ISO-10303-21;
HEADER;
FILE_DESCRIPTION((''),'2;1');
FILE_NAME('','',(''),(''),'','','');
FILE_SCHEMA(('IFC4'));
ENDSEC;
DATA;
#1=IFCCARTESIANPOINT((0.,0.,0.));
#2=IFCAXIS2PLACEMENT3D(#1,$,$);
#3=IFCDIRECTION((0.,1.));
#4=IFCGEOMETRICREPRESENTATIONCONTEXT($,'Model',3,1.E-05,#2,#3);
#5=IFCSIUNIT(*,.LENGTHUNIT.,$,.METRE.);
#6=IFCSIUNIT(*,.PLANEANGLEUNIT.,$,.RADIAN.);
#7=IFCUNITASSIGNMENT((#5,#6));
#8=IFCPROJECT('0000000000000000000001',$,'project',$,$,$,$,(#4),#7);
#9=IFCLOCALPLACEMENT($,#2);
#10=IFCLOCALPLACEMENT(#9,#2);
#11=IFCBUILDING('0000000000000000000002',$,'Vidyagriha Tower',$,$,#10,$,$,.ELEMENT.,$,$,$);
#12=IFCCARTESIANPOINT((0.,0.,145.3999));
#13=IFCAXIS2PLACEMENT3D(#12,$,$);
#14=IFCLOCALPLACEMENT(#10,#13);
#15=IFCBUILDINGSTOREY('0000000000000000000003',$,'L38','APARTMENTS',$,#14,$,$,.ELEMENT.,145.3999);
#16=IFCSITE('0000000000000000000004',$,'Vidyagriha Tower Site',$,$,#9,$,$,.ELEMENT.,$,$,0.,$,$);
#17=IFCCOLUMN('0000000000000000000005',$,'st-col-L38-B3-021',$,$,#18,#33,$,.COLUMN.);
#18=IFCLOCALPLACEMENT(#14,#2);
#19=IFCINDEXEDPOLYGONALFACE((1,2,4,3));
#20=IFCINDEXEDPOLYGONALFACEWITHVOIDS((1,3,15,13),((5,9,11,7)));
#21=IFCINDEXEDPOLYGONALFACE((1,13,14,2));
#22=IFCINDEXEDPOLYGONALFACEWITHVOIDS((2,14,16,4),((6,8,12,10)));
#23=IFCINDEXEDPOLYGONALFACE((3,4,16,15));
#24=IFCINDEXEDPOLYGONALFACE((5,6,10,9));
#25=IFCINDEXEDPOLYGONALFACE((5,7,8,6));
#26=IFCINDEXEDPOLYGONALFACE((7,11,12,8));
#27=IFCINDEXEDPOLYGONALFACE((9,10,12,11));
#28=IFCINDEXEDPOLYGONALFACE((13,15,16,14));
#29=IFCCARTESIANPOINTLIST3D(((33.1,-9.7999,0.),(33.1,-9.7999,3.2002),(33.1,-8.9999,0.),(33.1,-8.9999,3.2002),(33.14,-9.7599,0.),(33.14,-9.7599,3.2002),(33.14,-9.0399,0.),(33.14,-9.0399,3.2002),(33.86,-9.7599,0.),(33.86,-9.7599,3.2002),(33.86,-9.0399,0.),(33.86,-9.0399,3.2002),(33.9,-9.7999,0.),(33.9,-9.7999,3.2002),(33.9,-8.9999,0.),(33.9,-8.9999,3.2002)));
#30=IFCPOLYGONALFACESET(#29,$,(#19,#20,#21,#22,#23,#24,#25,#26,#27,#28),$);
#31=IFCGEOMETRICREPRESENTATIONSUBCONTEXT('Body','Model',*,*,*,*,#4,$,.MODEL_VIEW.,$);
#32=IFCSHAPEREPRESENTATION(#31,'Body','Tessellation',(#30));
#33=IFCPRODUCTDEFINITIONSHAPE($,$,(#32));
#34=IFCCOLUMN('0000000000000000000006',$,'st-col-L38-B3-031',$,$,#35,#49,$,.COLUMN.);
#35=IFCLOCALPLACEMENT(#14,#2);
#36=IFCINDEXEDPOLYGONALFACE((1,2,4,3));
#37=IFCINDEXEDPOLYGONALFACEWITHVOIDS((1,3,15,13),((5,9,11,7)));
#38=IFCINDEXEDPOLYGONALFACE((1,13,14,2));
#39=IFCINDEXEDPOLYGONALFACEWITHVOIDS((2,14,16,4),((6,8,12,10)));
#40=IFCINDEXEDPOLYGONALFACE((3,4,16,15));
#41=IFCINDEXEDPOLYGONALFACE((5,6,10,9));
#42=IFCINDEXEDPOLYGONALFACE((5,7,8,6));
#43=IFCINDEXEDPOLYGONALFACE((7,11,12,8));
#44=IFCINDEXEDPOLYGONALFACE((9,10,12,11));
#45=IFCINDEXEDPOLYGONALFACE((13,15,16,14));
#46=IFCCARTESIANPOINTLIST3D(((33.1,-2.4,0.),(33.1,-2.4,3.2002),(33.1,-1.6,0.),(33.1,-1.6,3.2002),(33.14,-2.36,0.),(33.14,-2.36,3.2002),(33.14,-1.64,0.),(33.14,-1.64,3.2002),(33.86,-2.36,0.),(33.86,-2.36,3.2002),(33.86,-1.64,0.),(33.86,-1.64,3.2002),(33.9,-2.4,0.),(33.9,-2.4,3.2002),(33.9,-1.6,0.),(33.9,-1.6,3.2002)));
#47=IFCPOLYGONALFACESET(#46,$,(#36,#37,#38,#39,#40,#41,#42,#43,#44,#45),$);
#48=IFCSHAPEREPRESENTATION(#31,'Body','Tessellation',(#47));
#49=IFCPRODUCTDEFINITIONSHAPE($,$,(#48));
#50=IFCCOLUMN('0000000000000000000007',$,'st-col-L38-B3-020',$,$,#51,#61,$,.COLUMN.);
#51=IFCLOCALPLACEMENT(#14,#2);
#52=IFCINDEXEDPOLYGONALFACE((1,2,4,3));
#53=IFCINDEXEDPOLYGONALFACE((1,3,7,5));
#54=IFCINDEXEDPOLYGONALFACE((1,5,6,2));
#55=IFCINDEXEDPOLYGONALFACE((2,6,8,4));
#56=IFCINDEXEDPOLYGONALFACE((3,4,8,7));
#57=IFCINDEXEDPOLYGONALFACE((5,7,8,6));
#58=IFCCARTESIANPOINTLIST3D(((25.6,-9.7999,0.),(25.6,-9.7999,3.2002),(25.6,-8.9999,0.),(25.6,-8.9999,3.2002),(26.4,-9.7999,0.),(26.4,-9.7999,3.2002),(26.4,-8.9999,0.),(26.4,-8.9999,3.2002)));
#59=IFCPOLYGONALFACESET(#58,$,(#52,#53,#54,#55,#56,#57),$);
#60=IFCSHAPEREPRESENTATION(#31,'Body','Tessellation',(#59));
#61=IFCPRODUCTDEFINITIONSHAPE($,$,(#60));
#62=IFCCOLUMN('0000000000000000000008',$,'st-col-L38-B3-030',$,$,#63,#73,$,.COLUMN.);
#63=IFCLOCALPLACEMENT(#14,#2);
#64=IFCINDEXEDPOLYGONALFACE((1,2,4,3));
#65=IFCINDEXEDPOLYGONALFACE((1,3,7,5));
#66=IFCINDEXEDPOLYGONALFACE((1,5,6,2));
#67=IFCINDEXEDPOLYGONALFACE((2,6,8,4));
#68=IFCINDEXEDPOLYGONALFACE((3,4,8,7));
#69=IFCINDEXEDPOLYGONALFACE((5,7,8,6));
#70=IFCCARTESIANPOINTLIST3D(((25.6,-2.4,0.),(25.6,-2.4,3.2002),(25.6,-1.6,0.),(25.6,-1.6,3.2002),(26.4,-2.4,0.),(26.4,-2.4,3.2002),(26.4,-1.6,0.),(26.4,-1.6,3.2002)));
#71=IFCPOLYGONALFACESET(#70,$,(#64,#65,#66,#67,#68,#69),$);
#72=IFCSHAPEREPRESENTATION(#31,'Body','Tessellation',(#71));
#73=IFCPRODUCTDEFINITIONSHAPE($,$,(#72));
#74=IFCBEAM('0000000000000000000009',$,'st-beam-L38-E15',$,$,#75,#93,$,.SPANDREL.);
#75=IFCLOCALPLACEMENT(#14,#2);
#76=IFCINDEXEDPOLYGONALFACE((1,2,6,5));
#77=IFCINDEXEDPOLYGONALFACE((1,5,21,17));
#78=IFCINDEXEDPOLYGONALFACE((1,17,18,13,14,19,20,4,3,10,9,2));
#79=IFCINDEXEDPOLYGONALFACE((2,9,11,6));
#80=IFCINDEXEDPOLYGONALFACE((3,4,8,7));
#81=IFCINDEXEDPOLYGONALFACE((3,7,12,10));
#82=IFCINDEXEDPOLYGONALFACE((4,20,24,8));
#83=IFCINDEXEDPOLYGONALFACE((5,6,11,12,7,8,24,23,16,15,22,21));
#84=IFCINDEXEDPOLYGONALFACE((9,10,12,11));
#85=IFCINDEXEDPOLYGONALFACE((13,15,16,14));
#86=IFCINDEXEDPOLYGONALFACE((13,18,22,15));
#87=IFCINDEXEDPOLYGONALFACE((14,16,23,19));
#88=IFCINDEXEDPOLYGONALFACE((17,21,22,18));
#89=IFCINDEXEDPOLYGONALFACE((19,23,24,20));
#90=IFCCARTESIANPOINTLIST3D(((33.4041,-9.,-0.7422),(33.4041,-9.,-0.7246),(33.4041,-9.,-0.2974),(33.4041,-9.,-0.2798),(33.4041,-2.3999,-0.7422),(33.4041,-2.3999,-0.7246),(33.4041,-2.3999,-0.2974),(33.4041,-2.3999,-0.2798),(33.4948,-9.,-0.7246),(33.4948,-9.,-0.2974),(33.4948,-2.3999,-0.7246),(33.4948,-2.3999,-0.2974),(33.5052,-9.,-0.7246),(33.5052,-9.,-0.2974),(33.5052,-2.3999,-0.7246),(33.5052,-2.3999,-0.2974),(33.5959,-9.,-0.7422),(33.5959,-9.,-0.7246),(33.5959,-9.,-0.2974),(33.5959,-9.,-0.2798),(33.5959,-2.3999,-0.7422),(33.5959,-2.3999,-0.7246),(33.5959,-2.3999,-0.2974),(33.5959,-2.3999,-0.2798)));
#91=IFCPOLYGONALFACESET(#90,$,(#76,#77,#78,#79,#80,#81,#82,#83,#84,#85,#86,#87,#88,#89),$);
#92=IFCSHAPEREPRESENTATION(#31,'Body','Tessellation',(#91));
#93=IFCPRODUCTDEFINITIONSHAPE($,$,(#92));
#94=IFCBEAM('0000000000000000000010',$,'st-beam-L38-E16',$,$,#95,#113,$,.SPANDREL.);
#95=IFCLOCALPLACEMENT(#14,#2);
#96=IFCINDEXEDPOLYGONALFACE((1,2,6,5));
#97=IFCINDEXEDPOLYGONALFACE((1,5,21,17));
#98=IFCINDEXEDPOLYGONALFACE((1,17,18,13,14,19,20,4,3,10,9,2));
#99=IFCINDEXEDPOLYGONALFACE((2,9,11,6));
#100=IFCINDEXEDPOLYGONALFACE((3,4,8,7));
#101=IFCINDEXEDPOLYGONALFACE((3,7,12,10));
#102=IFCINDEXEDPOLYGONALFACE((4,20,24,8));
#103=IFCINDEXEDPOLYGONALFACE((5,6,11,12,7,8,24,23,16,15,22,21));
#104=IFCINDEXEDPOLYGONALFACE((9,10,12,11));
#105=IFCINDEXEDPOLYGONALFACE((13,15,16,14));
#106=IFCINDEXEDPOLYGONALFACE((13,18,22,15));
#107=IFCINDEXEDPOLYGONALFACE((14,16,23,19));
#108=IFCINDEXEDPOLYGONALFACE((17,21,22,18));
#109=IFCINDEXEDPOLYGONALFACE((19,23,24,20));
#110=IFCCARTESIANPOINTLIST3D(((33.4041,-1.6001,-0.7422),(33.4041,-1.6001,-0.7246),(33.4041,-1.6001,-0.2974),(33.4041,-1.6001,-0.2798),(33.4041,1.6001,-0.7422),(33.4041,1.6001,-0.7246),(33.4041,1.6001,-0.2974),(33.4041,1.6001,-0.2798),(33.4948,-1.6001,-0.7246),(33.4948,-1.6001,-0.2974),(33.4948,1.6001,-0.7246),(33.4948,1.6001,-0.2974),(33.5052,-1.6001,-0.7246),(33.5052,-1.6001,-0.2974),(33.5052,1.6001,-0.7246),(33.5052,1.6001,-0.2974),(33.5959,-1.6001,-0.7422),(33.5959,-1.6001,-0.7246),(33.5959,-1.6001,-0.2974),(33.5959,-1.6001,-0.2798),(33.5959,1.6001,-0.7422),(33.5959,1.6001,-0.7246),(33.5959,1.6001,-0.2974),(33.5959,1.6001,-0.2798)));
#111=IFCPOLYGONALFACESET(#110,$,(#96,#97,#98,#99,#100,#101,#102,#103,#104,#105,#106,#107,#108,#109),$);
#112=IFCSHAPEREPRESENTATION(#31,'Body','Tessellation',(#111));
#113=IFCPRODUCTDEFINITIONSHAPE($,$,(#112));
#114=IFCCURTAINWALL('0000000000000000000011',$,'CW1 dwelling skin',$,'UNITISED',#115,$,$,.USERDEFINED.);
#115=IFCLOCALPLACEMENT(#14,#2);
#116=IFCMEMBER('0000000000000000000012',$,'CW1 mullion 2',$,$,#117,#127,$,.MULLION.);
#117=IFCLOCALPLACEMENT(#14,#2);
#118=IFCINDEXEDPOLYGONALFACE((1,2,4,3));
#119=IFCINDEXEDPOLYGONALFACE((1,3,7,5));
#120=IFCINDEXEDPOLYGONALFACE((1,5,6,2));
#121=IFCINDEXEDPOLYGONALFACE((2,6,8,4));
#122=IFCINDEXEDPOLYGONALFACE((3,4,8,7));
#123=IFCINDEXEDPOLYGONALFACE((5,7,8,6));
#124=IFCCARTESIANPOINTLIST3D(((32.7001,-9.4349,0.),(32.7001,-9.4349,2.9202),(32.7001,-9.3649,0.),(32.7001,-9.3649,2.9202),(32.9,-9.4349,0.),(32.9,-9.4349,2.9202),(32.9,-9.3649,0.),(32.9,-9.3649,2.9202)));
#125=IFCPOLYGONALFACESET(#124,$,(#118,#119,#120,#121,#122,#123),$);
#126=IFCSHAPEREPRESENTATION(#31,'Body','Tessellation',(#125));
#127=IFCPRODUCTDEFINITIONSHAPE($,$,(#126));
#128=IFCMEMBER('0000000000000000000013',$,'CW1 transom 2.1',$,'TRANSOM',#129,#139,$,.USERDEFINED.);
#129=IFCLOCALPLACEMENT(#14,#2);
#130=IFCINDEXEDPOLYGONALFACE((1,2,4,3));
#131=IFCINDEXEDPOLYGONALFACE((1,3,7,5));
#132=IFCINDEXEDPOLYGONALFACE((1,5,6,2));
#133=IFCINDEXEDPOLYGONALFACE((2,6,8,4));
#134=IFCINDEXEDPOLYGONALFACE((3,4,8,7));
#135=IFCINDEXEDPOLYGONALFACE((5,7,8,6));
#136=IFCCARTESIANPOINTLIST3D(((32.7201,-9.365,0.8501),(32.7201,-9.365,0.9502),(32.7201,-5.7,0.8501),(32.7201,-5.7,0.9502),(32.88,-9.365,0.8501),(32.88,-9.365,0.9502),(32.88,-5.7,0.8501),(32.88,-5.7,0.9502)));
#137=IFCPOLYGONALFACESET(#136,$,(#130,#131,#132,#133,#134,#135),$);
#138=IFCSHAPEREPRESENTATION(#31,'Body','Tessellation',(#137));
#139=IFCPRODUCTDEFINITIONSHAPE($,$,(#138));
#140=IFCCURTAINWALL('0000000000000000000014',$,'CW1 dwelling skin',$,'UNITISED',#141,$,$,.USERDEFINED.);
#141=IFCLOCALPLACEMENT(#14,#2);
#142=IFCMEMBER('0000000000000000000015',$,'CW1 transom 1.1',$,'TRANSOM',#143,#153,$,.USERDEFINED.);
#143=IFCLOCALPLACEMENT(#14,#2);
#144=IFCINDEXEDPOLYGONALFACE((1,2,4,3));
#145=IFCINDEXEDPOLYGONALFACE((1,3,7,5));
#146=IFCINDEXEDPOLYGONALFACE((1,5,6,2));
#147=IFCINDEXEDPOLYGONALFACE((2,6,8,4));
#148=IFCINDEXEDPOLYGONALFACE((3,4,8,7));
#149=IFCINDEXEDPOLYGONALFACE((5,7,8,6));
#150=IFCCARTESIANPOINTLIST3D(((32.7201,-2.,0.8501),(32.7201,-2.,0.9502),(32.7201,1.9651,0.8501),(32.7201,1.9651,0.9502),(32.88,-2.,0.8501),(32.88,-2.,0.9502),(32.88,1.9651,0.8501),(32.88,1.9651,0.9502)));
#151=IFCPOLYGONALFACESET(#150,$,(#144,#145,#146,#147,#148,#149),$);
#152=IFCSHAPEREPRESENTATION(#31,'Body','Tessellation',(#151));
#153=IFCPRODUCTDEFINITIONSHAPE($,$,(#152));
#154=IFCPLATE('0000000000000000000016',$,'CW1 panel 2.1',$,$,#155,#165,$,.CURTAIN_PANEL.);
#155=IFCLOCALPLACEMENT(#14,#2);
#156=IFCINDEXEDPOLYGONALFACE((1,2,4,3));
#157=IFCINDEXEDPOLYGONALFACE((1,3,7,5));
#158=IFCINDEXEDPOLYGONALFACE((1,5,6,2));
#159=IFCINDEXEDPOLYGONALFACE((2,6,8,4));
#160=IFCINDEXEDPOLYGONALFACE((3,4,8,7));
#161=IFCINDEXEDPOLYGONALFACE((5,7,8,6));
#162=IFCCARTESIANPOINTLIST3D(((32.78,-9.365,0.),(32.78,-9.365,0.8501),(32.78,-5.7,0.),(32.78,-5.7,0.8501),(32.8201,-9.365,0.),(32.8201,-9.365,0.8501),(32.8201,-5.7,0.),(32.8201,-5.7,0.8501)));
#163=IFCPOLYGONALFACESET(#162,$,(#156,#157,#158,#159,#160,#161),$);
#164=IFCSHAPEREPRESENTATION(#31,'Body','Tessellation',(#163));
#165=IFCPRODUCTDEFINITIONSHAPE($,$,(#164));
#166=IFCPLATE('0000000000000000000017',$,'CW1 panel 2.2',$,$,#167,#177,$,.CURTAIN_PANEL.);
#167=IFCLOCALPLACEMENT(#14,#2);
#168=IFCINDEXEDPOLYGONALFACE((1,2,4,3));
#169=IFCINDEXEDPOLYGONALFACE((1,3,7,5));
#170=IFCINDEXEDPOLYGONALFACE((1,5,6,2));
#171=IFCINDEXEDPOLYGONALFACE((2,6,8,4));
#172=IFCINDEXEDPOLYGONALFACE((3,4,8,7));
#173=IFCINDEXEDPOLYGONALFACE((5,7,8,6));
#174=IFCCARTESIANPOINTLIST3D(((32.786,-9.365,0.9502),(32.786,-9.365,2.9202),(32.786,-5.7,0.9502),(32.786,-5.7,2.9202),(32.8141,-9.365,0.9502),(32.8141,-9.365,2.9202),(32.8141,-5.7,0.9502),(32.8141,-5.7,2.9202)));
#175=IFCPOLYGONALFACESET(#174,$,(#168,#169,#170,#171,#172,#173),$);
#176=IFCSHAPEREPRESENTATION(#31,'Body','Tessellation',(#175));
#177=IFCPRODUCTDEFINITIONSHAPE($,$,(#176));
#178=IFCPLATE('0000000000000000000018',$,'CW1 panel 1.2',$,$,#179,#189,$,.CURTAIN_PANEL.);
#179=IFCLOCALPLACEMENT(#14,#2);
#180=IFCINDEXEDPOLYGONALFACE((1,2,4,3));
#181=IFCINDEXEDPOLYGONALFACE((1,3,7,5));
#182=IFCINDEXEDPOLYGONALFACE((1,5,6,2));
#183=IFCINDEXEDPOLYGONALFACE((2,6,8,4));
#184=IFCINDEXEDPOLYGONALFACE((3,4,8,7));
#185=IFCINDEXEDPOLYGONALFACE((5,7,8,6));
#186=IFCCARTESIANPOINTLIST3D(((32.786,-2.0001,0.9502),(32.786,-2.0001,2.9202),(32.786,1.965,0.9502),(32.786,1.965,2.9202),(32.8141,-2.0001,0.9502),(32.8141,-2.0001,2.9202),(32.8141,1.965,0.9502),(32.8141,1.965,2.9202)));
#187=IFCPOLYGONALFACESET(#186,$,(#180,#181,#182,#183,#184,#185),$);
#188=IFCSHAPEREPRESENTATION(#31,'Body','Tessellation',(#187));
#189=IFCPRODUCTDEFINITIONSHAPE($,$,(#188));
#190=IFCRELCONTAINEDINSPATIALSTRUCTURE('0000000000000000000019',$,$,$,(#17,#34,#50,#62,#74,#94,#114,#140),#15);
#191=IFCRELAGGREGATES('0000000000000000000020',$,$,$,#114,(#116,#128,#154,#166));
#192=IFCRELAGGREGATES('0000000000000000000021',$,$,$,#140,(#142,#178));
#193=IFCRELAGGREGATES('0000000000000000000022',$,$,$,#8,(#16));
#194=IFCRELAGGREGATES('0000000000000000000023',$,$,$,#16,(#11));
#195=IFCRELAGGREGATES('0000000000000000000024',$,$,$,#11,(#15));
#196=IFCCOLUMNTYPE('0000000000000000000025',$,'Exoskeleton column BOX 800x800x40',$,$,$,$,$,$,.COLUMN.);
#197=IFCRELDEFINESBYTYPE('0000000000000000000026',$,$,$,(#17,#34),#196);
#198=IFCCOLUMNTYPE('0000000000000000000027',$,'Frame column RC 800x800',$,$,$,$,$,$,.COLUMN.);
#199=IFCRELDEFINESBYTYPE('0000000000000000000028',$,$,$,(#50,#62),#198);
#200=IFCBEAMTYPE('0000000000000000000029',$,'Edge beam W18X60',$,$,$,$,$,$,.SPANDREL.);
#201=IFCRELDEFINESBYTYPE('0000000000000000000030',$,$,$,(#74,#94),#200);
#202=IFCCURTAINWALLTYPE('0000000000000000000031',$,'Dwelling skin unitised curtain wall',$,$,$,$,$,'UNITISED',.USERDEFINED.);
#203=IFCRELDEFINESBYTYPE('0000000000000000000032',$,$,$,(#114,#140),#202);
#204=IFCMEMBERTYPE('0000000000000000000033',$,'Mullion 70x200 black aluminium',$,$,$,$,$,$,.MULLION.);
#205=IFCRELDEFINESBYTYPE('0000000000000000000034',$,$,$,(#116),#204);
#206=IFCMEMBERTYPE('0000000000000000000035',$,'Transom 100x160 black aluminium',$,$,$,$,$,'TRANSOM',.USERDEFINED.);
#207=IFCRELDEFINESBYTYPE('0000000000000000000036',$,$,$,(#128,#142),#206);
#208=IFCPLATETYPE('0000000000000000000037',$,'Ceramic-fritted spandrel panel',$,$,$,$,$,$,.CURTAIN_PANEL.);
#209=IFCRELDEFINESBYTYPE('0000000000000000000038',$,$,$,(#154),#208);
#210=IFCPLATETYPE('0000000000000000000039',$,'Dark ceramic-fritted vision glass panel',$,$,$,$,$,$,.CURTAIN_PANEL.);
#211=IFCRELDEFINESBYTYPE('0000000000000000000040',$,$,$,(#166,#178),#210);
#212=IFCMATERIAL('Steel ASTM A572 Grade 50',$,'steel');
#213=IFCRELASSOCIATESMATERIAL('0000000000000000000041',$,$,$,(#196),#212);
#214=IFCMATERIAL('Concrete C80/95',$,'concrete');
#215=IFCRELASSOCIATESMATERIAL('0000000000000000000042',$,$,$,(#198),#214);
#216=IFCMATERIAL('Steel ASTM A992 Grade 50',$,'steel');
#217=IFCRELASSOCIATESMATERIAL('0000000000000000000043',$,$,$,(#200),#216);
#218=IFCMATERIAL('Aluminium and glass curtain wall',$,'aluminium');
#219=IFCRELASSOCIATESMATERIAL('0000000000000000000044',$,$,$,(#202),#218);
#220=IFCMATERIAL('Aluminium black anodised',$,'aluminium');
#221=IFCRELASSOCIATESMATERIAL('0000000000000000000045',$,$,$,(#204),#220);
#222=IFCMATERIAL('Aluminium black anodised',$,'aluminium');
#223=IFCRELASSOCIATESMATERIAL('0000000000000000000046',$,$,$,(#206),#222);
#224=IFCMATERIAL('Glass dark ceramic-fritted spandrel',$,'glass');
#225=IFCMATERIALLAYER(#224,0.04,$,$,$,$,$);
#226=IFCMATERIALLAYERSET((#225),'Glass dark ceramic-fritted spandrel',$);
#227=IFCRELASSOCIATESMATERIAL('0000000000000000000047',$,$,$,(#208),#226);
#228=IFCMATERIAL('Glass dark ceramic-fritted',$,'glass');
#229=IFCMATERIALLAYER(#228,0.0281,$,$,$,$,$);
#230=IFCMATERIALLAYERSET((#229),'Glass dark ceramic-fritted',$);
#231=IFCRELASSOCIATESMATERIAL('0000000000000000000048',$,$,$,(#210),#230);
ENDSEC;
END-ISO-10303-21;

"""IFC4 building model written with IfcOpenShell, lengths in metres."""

from ifc_helpers import new_model, si_unit, direction, frame, origin, origin_2d, place, context, subcontext, project, spatial, rectangle, hollow_rectangle, i_section, extrude, material, layer, layer_set, material_profile, profile_set, type_object, element, aggregate, save


model = new_model("IFC4")

# Units and contexts
model_context = context("Model", 3, precision=1e-05, world=origin(), true_north=direction((0.0, 1.0)))
body_context = subcontext(model_context, "Body", "Model", "MODEL_VIEW")
ifc_project = project(units=[si_unit("LENGTHUNIT", "METRE"), si_unit("PLANEANGLEUNIT", "RADIAN")], contexts=[model_context])

# Site, building, storey
site_placement = place(None, origin())
site = spatial("IfcSite", under=ifc_project, at=site_placement, Name="Vidyagriha Tower Site", CompositionType="ELEMENT", RefElevation=0.0)
building_placement = place(site_placement, origin())
building = spatial("IfcBuilding", under=site, at=building_placement, Name="Vidyagriha Tower", CompositionType="ELEMENT")
storey_placement = place(building_placement, frame((0.0, 0.0, 145.3999)))
storey = spatial("IfcBuildingStorey", under=building, at=storey_placement, Name="L38", Description="APARTMENTS", CompositionType="ELEMENT", Elevation=145.3999)

# Columns
ifc_material_1 = material(Name="Steel ASTM A572 Grade 50", Category="steel")
ifc_material_profile_1 = material_profile(ifc_material_1, hollow_rectangle(XDim=0.8, YDim=0.8, WallThickness=0.04, at=origin_2d()), Name="BOX 800x800x40")
ifc_profile_set_1 = profile_set([ifc_material_profile_1], Name="Steel ASTM A572 Grade 50")
column_type_1 = type_object("IfcColumnType", Name="Exoskeleton column BOX 800x800x40", PredefinedType="COLUMN", material=ifc_profile_set_1)
for number, where, name in (
    (1, (33.5, -9.3999, 0.0), "st-col-L38-B3-021"),
    (2, (33.5, -2.0, 0.0), "st-col-L38-B3-031"),
):
    element("IfcColumn", number, at=place(storey_placement, frame(where)), inside=storey, type_object=column_type_1, Name=name, PredefinedType="COLUMN", context=body_context, shape_type="SweptSolid", body=[
        extrude(hollow_rectangle(XDim=0.8, YDim=0.8, WallThickness=0.04, at=origin_2d()), origin(), (0.0, 0.0, 1.0), 3.2002),
    ])
ifc_material_2 = material(Name="Concrete C80/95", Category="concrete")
ifc_material_profile_2 = material_profile(ifc_material_2, rectangle(XDim=0.8, YDim=0.8, at=origin_2d()), Name="RC 800x800")
ifc_profile_set_2 = profile_set([ifc_material_profile_2], Name="Concrete C80/95")
column_type_2 = type_object("IfcColumnType", Name="Frame column RC 800x800", PredefinedType="COLUMN", material=ifc_profile_set_2)
for number, where, name in (
    (3, (26.0, -9.3999, 0.0), "st-col-L38-B3-020"),
    (4, (26.0, -2.0, 0.0), "st-col-L38-B3-030"),
):
    element("IfcColumn", number, at=place(storey_placement, frame(where)), inside=storey, type_object=column_type_2, Name=name, PredefinedType="COLUMN", context=body_context, shape_type="SweptSolid", body=[
        extrude(rectangle(XDim=0.8, YDim=0.8, at=origin_2d()), origin(), (0.0, 0.0, 1.0), 3.2002),
    ])

# Beams
ifc_material_3 = material(Name="Steel ASTM A992 Grade 50", Category="steel")
ifc_material_profile_3 = material_profile(ifc_material_3, i_section(OverallWidth=0.1919, OverallDepth=0.4624, WebThickness=0.0105, FlangeThickness=0.0176, at=origin_2d()), Name="W18X60")
ifc_profile_set_3 = profile_set([ifc_material_profile_3], Name="Steel ASTM A992 Grade 50")
beam_type = type_object("IfcBeamType", Name="Edge beam W18X60", PredefinedType="SPANDREL", material=ifc_profile_set_3)
beam_1_placement = place(storey_placement, frame((33.5, -9.0, -0.511), z_axis=(0.0, 1.0, 0.0), x_axis=(-1.0, 0.0, 0.0)))
element("IfcBeam", 5, at=beam_1_placement, inside=storey, type_object=beam_type, Name="st-beam-L38-E15", PredefinedType="SPANDREL", context=body_context, shape_type="SweptSolid", body=[
    extrude(i_section(OverallWidth=0.1919, OverallDepth=0.4624, WebThickness=0.0105, FlangeThickness=0.0176, at=origin_2d()), origin(), (0.0, 0.0, 1.0), 6.6001),
])
beam_2_placement = place(storey_placement, frame((33.5, -1.6001, -0.511), z_axis=(0.0, 1.0, 0.0), x_axis=(-1.0, 0.0, 0.0)))
element("IfcBeam", 6, at=beam_2_placement, inside=storey, type_object=beam_type, Name="st-beam-L38-E16", PredefinedType="SPANDREL", context=body_context, shape_type="SweptSolid", body=[
    extrude(i_section(OverallWidth=0.1919, OverallDepth=0.4624, WebThickness=0.0105, FlangeThickness=0.0176, at=origin_2d()), origin(), (0.0, 0.0, 1.0), 3.2002),
])

# Curtain wall, members
ifc_material_4 = material(Name="Aluminium and glass curtain wall", Category="aluminium")
curtain_wall_type = type_object("IfcCurtainWallType", Name="Dwelling skin unitised curtain wall", ElementType="UNITISED", PredefinedType="USERDEFINED", material=ifc_material_4)
curtain_wall_1_placement = place(storey_placement, origin())
curtain_wall_1 = element("IfcCurtainWall", 7, at=curtain_wall_1_placement, inside=storey, type_object=curtain_wall_type, Name="CW1 dwelling skin", ObjectType="UNITISED", PredefinedType="USERDEFINED")
ifc_material_5 = material(Name="Aluminium black anodised", Category="aluminium")
ifc_material_profile_4 = material_profile(ifc_material_5, rectangle(XDim=0.2, YDim=0.0701, at=origin_2d()), Name="Mullion 70x200 black aluminium")
ifc_profile_set_4 = profile_set([ifc_material_profile_4], Name="Aluminium black anodised")
member_type_1 = type_object("IfcMemberType", Name="Mullion 70x200 black aluminium", PredefinedType="MULLION", material=ifc_profile_set_4)
member_1_placement = place(storey_placement, frame((32.8, -9.3999, 0.0), z_axis=(0.0, 0.0, 1.0), x_axis=(-1.0, 0.0, 0.0)))
member_1 = element("IfcMember", 8, at=member_1_placement, type_object=member_type_1, Name="CW1 mullion 2", PredefinedType="MULLION", context=body_context, shape_type="SweptSolid", body=[
    extrude(rectangle(XDim=0.2, YDim=0.0701, at=origin_2d()), origin(), (0.0, 0.0, 1.0), 2.9202),
])
ifc_material_6 = material(Name="Aluminium black anodised", Category="aluminium")
ifc_material_profile_5 = material_profile(ifc_material_6, rectangle(XDim=0.1599, YDim=0.1001, at=origin_2d()), Name="Transom 100x160 black aluminium")
ifc_profile_set_5 = profile_set([ifc_material_profile_5], Name="Aluminium black anodised")
member_type_2 = type_object("IfcMemberType", Name="Transom 100x160 black aluminium", ElementType="TRANSOM", PredefinedType="USERDEFINED", material=ifc_profile_set_5)
member_2_placement = place(storey_placement, frame((32.8, -9.365, 0.9001), z_axis=(0.0, 1.0, 0.0), x_axis=(-1.0, 0.0, 0.0)))
member_2 = element("IfcMember", 9, at=member_2_placement, type_object=member_type_2, Name="CW1 transom 2.1", ObjectType="TRANSOM", PredefinedType="USERDEFINED", context=body_context, shape_type="SweptSolid", body=[
    extrude(rectangle(XDim=0.1599, YDim=0.1001, at=origin_2d()), origin(), (0.0, 0.0, 1.0), 3.665),
])

# Curtain wall, member
curtain_wall_2_placement = place(storey_placement, origin())
curtain_wall_2 = element("IfcCurtainWall", 10, at=curtain_wall_2_placement, inside=storey, type_object=curtain_wall_type, Name="CW1 dwelling skin", ObjectType="UNITISED", PredefinedType="USERDEFINED")
member_3_placement = place(storey_placement, frame((32.8, -2.0, 0.9001), z_axis=(0.0, 1.0, 0.0), x_axis=(-1.0, 0.0, 0.0)))
member_3 = element("IfcMember", 11, at=member_3_placement, type_object=member_type_2, Name="CW1 transom 1.1", ObjectType="TRANSOM", PredefinedType="USERDEFINED", context=body_context, shape_type="SweptSolid", body=[
    extrude(rectangle(XDim=0.1599, YDim=0.1001, at=origin_2d()), origin(), (0.0, 0.0, 1.0), 3.9651),
])

# Plates
ifc_material_7 = material(Name="Glass dark ceramic-fritted spandrel", Category="glass")
ifc_layer_1 = layer(ifc_material_7, 0.04)
ifc_layer_set_1 = layer_set([ifc_layer_1], Name="Glass dark ceramic-fritted spandrel")
plate_type_1 = type_object("IfcPlateType", Name="Ceramic-fritted spandrel panel", PredefinedType="CURTAIN_PANEL", material=ifc_layer_set_1)
plate_1_placement = place(storey_placement, frame((32.8, -7.5325, 0.0), z_axis=(0.0, 0.0, 1.0), x_axis=(0.0, 1.0, 0.0)))
plate_1 = element("IfcPlate", 12, at=plate_1_placement, type_object=plate_type_1, Name="CW1 panel 2.1", PredefinedType="CURTAIN_PANEL", context=body_context, shape_type="SweptSolid", body=[
    extrude(rectangle(XDim=3.665, YDim=0.04, at=origin_2d()), origin(), (0.0, 0.0, 1.0), 0.8501),
])
ifc_material_8 = material(Name="Glass dark ceramic-fritted", Category="glass")
ifc_layer_2 = layer(ifc_material_8, 0.0281)
ifc_layer_set_2 = layer_set([ifc_layer_2], Name="Glass dark ceramic-fritted")
plate_type_2 = type_object("IfcPlateType", Name="Dark ceramic-fritted vision glass panel", PredefinedType="CURTAIN_PANEL", material=ifc_layer_set_2)
plate_2_placement = place(storey_placement, frame((32.8, -7.5325, 0.9502), z_axis=(0.0, 0.0, 1.0), x_axis=(0.0, 1.0, 0.0)))
plate_2 = element("IfcPlate", 13, at=plate_2_placement, type_object=plate_type_2, Name="CW1 panel 2.2", PredefinedType="CURTAIN_PANEL", context=body_context, shape_type="SweptSolid", body=[
    extrude(rectangle(XDim=3.665, YDim=0.0281, at=origin_2d()), origin(), (0.0, 0.0, 1.0), 1.97),
])
aggregate(curtain_wall_1, [member_1, member_2, plate_1, plate_2])
plate_3_placement = place(storey_placement, frame((32.8, -0.0176, 0.9502), z_axis=(0.0, 0.0, 1.0), x_axis=(0.0, 1.0, 0.0)))
plate_3 = element("IfcPlate", 14, at=plate_3_placement, type_object=plate_type_2, Name="CW1 panel 1.2", PredefinedType="CURTAIN_PANEL", context=body_context, shape_type="SweptSolid", body=[
    extrude(rectangle(XDim=3.9651, YDim=0.0281, at=origin_2d()), origin(), (0.0, 0.0, 1.0), 1.97),
])
aggregate(curtain_wall_2, [member_3, plate_3])

save(model, "model.ifc")
